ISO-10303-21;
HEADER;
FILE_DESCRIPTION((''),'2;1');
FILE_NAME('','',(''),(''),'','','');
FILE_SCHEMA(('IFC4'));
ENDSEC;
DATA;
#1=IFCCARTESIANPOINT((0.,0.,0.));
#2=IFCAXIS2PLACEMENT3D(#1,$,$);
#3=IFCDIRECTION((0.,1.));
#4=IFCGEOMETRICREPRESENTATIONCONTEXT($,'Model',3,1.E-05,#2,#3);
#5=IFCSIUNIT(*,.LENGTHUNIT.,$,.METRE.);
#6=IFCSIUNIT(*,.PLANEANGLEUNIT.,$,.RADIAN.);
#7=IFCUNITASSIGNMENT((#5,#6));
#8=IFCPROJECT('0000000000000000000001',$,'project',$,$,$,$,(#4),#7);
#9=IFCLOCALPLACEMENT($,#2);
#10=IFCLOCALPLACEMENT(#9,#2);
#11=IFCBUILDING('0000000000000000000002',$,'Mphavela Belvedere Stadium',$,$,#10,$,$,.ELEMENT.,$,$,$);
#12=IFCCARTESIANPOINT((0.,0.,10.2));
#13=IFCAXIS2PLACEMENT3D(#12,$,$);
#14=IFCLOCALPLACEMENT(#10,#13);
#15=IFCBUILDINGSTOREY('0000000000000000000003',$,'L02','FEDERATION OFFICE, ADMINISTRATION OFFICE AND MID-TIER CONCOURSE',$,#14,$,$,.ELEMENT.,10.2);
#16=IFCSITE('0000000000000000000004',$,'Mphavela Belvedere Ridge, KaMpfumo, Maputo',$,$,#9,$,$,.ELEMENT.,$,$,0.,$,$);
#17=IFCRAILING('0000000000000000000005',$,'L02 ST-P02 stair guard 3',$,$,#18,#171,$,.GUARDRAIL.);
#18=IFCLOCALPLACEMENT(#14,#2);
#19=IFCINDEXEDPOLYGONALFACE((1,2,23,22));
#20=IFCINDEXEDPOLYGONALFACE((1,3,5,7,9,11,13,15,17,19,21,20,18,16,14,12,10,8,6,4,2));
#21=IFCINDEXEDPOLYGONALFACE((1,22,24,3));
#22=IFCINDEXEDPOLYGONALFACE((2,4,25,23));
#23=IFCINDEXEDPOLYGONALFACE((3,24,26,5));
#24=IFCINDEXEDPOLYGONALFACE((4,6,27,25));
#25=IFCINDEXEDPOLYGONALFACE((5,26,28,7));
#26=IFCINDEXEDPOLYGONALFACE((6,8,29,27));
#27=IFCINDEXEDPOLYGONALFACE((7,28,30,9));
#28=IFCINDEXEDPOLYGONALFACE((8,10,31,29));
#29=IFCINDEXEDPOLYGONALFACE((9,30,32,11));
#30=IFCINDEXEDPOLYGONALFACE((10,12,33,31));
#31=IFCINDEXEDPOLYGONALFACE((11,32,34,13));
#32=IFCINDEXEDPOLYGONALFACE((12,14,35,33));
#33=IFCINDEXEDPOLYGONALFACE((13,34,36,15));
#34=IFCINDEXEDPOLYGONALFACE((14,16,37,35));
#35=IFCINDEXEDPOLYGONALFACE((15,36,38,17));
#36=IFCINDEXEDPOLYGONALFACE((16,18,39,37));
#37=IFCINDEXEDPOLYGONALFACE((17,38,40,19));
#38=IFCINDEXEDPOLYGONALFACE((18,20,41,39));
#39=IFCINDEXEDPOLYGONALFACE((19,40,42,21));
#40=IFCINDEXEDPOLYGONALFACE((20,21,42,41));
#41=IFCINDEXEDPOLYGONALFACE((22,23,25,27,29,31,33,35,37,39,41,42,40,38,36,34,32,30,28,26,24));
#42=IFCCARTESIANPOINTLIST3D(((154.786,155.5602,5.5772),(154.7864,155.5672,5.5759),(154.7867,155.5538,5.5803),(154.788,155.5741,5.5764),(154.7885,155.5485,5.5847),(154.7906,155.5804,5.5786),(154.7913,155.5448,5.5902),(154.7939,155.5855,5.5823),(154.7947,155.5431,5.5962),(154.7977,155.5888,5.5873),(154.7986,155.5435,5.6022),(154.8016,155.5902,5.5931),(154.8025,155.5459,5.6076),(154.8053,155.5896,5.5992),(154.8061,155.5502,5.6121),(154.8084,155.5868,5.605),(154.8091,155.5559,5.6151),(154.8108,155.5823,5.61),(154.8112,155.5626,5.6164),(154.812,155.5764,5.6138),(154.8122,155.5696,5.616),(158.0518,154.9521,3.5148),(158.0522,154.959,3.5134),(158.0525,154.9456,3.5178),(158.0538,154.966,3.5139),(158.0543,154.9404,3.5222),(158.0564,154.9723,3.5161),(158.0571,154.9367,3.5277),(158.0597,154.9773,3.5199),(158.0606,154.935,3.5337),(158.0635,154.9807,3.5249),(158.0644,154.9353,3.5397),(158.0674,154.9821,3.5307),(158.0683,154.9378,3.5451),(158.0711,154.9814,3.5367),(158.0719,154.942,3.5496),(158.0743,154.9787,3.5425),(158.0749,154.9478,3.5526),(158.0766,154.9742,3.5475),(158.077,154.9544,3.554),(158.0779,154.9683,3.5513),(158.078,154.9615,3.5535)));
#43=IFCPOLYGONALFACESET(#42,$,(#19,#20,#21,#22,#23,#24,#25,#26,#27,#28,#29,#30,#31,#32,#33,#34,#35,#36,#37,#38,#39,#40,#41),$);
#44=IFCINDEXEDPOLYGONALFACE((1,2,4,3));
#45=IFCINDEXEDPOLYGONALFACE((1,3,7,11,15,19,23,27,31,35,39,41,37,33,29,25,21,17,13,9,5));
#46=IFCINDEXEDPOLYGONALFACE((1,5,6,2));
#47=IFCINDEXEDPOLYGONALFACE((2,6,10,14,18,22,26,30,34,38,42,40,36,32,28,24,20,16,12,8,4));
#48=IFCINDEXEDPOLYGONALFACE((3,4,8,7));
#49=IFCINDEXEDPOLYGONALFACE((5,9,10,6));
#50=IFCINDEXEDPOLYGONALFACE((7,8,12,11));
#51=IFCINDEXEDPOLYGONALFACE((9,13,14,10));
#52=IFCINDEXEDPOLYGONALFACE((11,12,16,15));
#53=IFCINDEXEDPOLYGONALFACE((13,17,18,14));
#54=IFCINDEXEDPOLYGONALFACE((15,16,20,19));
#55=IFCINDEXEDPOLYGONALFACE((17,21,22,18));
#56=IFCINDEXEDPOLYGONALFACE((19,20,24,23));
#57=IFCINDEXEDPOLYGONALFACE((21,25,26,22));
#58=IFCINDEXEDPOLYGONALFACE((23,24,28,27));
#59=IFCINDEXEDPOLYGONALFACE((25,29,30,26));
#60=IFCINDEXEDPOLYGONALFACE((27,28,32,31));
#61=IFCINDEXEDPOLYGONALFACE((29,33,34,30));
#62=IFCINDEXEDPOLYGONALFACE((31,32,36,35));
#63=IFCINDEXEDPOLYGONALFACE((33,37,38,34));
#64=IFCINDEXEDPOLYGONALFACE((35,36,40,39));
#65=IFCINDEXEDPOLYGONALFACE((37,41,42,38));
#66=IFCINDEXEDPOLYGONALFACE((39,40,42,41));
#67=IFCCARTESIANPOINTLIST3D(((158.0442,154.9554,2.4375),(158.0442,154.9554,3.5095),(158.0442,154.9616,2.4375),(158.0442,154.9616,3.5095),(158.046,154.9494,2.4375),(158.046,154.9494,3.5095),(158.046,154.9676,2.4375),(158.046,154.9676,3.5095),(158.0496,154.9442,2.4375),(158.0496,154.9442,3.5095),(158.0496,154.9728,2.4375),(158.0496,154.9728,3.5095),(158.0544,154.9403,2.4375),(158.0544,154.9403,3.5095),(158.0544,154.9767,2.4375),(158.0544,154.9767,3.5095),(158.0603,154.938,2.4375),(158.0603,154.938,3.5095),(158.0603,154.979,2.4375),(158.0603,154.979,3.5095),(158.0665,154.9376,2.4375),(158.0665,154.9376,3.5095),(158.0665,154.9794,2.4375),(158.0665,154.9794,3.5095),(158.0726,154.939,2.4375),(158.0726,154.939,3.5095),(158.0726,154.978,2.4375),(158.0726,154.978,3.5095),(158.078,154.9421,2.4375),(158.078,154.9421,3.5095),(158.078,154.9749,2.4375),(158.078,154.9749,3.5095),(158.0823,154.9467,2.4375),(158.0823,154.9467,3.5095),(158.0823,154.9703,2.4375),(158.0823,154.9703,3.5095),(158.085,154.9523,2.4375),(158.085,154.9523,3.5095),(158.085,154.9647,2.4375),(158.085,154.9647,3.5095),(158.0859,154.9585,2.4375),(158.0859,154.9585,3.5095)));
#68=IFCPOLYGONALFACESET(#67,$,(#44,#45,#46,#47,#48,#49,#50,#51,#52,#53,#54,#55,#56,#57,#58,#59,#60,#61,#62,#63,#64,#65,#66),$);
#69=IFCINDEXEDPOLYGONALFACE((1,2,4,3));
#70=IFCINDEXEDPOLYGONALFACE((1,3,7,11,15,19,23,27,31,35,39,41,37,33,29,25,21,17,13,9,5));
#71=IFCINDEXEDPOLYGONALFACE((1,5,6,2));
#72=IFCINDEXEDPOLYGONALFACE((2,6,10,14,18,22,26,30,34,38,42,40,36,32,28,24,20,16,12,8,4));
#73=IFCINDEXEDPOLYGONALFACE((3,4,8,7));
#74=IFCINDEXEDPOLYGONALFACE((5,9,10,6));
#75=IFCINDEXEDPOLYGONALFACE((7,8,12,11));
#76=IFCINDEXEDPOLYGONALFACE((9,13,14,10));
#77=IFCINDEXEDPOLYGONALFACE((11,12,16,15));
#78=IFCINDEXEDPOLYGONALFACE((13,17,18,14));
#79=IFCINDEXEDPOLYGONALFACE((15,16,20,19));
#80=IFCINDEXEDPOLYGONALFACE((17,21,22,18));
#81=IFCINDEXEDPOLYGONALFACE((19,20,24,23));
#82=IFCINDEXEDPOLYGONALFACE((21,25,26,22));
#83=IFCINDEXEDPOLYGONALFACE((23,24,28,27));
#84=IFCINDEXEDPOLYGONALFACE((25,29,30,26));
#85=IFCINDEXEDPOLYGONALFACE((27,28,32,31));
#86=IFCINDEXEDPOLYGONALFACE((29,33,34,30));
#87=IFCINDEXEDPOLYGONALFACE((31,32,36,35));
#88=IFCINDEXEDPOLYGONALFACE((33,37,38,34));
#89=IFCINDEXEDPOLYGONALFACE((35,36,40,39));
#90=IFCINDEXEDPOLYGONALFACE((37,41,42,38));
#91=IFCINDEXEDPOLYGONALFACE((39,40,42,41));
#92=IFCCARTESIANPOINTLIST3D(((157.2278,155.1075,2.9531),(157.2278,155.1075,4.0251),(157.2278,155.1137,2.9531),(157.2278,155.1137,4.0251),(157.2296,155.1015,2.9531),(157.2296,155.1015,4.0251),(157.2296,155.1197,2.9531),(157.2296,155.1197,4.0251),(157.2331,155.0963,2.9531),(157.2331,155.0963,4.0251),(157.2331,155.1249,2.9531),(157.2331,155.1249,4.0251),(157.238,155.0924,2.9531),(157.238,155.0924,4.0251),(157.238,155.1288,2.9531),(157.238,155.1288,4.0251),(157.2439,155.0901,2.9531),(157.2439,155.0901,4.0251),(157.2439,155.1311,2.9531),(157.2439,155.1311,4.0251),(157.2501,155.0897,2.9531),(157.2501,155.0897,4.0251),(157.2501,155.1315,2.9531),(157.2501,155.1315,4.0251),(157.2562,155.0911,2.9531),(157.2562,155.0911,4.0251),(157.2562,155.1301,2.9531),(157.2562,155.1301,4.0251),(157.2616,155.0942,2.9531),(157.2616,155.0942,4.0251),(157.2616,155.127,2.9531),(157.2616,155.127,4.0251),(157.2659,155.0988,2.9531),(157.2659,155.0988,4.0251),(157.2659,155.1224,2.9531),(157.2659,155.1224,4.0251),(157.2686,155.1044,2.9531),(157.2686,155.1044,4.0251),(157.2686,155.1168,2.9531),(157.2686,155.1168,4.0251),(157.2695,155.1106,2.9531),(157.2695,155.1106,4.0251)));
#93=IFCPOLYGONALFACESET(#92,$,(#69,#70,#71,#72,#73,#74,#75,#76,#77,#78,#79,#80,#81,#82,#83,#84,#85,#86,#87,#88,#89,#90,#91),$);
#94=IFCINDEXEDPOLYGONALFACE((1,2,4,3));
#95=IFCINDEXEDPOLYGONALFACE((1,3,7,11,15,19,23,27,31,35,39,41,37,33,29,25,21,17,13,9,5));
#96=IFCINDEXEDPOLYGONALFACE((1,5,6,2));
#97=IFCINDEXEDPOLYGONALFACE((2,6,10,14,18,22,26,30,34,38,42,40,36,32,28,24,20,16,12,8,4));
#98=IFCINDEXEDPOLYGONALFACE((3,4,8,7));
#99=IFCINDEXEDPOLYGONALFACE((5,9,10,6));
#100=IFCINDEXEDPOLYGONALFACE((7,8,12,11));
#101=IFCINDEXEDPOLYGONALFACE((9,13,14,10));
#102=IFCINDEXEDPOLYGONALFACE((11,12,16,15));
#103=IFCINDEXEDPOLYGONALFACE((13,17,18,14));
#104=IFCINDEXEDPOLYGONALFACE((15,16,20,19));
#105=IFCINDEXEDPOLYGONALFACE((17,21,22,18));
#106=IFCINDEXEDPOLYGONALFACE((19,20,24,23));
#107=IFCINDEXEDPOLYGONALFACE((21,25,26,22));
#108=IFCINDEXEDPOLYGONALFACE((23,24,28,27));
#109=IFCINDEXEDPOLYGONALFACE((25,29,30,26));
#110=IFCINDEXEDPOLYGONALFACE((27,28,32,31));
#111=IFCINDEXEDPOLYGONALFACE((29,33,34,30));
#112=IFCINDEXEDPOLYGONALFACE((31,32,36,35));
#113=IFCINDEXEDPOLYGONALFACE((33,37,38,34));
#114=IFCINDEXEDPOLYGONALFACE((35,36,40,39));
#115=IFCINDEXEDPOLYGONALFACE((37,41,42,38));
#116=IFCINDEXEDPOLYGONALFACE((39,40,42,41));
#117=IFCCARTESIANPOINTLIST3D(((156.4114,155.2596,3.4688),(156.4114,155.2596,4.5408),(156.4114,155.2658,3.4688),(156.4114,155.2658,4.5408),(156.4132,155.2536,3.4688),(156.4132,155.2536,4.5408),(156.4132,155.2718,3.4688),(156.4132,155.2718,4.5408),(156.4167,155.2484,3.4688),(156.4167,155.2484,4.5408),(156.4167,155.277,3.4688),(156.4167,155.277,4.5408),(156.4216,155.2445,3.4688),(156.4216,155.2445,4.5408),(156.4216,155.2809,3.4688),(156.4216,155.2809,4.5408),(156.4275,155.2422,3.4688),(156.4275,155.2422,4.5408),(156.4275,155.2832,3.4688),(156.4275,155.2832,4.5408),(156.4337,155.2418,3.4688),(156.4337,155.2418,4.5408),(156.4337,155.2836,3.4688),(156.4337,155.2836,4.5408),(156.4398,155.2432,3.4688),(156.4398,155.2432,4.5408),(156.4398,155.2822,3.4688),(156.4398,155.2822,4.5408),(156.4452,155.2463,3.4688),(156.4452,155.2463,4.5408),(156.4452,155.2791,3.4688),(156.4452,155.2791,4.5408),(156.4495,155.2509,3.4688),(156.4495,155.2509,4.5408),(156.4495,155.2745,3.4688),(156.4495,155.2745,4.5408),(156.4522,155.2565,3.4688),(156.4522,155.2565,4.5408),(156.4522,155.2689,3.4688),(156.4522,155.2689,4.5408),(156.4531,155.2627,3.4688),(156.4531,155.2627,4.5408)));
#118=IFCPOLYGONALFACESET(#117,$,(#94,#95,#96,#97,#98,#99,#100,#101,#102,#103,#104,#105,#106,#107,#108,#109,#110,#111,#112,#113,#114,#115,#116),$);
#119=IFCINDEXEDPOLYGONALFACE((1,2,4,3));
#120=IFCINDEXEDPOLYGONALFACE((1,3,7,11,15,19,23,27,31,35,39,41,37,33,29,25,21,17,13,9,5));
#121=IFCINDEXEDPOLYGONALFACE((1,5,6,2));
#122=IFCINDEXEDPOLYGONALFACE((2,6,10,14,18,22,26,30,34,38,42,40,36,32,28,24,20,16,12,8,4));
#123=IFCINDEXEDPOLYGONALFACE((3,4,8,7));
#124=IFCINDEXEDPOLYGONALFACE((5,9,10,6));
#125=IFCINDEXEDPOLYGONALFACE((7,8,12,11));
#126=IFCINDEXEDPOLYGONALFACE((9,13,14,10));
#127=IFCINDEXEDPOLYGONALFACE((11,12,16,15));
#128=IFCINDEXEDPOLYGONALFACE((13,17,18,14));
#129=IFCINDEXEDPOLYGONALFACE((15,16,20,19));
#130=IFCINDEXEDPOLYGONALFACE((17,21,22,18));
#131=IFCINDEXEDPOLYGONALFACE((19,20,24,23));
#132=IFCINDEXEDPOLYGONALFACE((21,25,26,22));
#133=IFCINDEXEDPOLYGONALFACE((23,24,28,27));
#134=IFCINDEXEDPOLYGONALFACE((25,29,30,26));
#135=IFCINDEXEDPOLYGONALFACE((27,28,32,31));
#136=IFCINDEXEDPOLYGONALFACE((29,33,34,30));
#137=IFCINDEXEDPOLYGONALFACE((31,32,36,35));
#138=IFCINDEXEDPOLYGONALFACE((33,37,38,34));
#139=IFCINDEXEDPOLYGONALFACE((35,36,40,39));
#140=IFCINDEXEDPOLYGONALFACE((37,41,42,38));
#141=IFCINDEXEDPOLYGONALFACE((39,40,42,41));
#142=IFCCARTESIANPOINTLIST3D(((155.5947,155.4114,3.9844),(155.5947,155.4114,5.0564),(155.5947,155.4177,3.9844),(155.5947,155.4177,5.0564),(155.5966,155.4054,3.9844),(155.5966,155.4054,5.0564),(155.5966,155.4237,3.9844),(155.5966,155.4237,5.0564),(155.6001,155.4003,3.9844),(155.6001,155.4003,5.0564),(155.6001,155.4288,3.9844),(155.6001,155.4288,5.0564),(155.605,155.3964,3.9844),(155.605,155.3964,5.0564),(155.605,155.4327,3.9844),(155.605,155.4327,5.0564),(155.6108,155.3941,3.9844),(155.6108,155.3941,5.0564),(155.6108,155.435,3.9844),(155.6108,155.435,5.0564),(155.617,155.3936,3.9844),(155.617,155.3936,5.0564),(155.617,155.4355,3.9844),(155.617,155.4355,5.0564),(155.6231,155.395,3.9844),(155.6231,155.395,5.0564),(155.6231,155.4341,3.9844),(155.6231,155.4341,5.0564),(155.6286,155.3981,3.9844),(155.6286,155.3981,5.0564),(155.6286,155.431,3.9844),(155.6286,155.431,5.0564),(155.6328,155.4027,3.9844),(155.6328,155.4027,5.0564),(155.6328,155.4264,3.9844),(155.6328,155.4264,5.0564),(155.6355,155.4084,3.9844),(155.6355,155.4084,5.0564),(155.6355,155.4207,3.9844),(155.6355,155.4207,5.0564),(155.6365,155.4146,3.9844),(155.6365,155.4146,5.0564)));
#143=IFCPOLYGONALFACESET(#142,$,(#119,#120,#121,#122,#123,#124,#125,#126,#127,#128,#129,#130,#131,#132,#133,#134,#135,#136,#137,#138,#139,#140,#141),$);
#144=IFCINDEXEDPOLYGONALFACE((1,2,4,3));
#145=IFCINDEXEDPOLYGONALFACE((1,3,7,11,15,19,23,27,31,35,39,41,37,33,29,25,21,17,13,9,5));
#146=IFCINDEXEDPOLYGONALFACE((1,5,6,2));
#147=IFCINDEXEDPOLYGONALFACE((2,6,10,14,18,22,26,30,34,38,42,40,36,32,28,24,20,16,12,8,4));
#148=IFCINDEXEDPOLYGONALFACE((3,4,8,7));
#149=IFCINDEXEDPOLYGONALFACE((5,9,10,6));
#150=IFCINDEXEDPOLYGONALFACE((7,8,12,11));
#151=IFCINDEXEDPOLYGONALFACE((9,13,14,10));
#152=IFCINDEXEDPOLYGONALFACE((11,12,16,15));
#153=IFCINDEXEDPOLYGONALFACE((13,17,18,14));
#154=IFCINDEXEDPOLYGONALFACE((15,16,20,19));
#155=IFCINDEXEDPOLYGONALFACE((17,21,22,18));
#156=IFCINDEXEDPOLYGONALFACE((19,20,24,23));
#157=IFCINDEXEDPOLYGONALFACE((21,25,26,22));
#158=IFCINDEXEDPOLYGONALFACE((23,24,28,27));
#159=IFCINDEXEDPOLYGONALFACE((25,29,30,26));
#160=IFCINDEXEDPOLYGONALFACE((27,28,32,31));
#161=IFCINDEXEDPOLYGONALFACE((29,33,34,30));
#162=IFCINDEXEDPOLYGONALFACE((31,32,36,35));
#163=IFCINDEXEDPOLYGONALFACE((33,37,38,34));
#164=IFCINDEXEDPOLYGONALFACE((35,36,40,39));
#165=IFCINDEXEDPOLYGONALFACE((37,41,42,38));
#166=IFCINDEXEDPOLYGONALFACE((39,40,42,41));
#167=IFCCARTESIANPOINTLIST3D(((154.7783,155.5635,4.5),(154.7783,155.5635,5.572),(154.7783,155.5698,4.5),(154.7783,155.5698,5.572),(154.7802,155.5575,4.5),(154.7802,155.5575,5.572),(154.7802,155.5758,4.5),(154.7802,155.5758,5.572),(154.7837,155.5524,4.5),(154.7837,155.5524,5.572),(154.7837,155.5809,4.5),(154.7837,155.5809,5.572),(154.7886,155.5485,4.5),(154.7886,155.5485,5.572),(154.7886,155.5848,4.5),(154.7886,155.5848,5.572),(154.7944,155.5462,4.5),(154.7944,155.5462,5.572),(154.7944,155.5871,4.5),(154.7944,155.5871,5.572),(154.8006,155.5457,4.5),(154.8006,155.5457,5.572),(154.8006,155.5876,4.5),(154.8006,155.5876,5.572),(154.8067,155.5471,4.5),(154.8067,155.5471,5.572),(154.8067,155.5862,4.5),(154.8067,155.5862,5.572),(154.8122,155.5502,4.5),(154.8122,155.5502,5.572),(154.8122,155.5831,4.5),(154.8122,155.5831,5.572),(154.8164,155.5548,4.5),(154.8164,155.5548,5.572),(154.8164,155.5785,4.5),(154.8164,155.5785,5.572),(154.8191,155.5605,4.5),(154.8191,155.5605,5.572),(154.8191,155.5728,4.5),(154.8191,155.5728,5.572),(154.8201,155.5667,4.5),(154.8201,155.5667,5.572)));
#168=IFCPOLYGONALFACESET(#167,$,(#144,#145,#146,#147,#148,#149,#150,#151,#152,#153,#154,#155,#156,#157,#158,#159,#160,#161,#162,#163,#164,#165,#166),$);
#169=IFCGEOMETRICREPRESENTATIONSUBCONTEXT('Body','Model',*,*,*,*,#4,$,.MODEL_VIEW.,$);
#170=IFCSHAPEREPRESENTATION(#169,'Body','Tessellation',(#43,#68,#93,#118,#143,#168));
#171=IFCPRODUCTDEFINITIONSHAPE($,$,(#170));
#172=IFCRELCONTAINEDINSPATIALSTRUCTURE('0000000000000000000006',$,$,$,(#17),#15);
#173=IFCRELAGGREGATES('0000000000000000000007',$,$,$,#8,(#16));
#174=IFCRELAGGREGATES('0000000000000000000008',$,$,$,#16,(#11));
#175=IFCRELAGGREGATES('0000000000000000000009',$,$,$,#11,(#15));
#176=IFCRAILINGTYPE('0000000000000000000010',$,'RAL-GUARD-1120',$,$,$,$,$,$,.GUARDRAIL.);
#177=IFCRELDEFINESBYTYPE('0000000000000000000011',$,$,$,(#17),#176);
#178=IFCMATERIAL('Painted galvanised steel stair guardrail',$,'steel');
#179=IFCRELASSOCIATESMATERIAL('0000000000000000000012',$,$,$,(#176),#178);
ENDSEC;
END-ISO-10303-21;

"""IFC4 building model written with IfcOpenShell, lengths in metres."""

from ifc_helpers import new_model, si_unit, direction, frame, origin, origin_2d, place, context, subcontext, project, spatial, circle, extrude, material, type_object, element, save


model = new_model("IFC4")

# Units and contexts
model_context = context("Model", 3, precision=1e-05, world=origin(), true_north=direction((0.0, 1.0)))
body_context = subcontext(model_context, "Body", "Model", "MODEL_VIEW")
ifc_project = project(units=[si_unit("LENGTHUNIT", "METRE"), si_unit("PLANEANGLEUNIT", "RADIAN")], contexts=[model_context])

# Site, building, storey
site_placement = place(None, origin())
site = spatial("IfcSite", under=ifc_project, at=site_placement, Name="Mphavela Belvedere Ridge, KaMpfumo, Maputo", CompositionType="ELEMENT", RefElevation=0.0)
building_placement = place(site_placement, origin())
building = spatial("IfcBuilding", under=site, at=building_placement, Name="Mphavela Belvedere Stadium", CompositionType="ELEMENT")
storey_placement = place(building_placement, frame((0.0, 0.0, 10.2)))
storey = spatial("IfcBuildingStorey", under=building, at=storey_placement, Name="L02", Description="FEDERATION OFFICE, ADMINISTRATION OFFICE AND MID-TIER CONCOURSE", CompositionType="ELEMENT", Elevation=10.2)

# Railing
ifc_material_1 = material(Name="Painted galvanised steel stair guardrail", Category="steel")
railing_type_1 = type_object("IfcRailingType", Name="RAL-GUARD-1120", PredefinedType="GUARDRAIL", material=ifc_material_1)
railing_1_placement = place(storey_placement, frame((158.0649, 154.9585, 2.4375)))
element("IfcRailing", 1, at=railing_1_placement, inside=storey, type_object=railing_type_1, Name="L02 ST-P02 stair guard 3", PredefinedType="GUARDRAIL", context=body_context, shape_type="SweptSolid", body=[
    extrude(circle(Radius=0.0239, at=origin_2d()), frame((0.0, 0.0, 1.0962), z_axis=(-0.835218, 0.15553, 0.527467), x_axis=(-0.183068, -0.9831, 0.0)), (0.0, 0.0, 1.0), 3.9102),
    extrude(circle(Radius=0.021, at=origin_2d()), origin(), (0.0, 0.0, 1.0), 1.072),
    extrude(circle(Radius=0.021, at=origin_2d()), frame((-0.8164, 0.1521, 0.5156)), (0.0, 0.0, 1.0), 1.072),
    extrude(circle(Radius=0.021, at=origin_2d()), frame((-1.6328, 0.3042, 1.0312)), (0.0, 0.0, 1.0), 1.072),
    extrude(circle(Radius=0.021, at=origin_2d()), frame((-2.4495, 0.4561, 1.5469)), (0.0, 0.0, 1.0), 1.072),
    extrude(circle(Radius=0.021, at=origin_2d()), frame((-3.2659, 0.6082, 2.0625)), (0.0, 0.0, 1.0), 1.072),
])

save(model, "model.ifc")
